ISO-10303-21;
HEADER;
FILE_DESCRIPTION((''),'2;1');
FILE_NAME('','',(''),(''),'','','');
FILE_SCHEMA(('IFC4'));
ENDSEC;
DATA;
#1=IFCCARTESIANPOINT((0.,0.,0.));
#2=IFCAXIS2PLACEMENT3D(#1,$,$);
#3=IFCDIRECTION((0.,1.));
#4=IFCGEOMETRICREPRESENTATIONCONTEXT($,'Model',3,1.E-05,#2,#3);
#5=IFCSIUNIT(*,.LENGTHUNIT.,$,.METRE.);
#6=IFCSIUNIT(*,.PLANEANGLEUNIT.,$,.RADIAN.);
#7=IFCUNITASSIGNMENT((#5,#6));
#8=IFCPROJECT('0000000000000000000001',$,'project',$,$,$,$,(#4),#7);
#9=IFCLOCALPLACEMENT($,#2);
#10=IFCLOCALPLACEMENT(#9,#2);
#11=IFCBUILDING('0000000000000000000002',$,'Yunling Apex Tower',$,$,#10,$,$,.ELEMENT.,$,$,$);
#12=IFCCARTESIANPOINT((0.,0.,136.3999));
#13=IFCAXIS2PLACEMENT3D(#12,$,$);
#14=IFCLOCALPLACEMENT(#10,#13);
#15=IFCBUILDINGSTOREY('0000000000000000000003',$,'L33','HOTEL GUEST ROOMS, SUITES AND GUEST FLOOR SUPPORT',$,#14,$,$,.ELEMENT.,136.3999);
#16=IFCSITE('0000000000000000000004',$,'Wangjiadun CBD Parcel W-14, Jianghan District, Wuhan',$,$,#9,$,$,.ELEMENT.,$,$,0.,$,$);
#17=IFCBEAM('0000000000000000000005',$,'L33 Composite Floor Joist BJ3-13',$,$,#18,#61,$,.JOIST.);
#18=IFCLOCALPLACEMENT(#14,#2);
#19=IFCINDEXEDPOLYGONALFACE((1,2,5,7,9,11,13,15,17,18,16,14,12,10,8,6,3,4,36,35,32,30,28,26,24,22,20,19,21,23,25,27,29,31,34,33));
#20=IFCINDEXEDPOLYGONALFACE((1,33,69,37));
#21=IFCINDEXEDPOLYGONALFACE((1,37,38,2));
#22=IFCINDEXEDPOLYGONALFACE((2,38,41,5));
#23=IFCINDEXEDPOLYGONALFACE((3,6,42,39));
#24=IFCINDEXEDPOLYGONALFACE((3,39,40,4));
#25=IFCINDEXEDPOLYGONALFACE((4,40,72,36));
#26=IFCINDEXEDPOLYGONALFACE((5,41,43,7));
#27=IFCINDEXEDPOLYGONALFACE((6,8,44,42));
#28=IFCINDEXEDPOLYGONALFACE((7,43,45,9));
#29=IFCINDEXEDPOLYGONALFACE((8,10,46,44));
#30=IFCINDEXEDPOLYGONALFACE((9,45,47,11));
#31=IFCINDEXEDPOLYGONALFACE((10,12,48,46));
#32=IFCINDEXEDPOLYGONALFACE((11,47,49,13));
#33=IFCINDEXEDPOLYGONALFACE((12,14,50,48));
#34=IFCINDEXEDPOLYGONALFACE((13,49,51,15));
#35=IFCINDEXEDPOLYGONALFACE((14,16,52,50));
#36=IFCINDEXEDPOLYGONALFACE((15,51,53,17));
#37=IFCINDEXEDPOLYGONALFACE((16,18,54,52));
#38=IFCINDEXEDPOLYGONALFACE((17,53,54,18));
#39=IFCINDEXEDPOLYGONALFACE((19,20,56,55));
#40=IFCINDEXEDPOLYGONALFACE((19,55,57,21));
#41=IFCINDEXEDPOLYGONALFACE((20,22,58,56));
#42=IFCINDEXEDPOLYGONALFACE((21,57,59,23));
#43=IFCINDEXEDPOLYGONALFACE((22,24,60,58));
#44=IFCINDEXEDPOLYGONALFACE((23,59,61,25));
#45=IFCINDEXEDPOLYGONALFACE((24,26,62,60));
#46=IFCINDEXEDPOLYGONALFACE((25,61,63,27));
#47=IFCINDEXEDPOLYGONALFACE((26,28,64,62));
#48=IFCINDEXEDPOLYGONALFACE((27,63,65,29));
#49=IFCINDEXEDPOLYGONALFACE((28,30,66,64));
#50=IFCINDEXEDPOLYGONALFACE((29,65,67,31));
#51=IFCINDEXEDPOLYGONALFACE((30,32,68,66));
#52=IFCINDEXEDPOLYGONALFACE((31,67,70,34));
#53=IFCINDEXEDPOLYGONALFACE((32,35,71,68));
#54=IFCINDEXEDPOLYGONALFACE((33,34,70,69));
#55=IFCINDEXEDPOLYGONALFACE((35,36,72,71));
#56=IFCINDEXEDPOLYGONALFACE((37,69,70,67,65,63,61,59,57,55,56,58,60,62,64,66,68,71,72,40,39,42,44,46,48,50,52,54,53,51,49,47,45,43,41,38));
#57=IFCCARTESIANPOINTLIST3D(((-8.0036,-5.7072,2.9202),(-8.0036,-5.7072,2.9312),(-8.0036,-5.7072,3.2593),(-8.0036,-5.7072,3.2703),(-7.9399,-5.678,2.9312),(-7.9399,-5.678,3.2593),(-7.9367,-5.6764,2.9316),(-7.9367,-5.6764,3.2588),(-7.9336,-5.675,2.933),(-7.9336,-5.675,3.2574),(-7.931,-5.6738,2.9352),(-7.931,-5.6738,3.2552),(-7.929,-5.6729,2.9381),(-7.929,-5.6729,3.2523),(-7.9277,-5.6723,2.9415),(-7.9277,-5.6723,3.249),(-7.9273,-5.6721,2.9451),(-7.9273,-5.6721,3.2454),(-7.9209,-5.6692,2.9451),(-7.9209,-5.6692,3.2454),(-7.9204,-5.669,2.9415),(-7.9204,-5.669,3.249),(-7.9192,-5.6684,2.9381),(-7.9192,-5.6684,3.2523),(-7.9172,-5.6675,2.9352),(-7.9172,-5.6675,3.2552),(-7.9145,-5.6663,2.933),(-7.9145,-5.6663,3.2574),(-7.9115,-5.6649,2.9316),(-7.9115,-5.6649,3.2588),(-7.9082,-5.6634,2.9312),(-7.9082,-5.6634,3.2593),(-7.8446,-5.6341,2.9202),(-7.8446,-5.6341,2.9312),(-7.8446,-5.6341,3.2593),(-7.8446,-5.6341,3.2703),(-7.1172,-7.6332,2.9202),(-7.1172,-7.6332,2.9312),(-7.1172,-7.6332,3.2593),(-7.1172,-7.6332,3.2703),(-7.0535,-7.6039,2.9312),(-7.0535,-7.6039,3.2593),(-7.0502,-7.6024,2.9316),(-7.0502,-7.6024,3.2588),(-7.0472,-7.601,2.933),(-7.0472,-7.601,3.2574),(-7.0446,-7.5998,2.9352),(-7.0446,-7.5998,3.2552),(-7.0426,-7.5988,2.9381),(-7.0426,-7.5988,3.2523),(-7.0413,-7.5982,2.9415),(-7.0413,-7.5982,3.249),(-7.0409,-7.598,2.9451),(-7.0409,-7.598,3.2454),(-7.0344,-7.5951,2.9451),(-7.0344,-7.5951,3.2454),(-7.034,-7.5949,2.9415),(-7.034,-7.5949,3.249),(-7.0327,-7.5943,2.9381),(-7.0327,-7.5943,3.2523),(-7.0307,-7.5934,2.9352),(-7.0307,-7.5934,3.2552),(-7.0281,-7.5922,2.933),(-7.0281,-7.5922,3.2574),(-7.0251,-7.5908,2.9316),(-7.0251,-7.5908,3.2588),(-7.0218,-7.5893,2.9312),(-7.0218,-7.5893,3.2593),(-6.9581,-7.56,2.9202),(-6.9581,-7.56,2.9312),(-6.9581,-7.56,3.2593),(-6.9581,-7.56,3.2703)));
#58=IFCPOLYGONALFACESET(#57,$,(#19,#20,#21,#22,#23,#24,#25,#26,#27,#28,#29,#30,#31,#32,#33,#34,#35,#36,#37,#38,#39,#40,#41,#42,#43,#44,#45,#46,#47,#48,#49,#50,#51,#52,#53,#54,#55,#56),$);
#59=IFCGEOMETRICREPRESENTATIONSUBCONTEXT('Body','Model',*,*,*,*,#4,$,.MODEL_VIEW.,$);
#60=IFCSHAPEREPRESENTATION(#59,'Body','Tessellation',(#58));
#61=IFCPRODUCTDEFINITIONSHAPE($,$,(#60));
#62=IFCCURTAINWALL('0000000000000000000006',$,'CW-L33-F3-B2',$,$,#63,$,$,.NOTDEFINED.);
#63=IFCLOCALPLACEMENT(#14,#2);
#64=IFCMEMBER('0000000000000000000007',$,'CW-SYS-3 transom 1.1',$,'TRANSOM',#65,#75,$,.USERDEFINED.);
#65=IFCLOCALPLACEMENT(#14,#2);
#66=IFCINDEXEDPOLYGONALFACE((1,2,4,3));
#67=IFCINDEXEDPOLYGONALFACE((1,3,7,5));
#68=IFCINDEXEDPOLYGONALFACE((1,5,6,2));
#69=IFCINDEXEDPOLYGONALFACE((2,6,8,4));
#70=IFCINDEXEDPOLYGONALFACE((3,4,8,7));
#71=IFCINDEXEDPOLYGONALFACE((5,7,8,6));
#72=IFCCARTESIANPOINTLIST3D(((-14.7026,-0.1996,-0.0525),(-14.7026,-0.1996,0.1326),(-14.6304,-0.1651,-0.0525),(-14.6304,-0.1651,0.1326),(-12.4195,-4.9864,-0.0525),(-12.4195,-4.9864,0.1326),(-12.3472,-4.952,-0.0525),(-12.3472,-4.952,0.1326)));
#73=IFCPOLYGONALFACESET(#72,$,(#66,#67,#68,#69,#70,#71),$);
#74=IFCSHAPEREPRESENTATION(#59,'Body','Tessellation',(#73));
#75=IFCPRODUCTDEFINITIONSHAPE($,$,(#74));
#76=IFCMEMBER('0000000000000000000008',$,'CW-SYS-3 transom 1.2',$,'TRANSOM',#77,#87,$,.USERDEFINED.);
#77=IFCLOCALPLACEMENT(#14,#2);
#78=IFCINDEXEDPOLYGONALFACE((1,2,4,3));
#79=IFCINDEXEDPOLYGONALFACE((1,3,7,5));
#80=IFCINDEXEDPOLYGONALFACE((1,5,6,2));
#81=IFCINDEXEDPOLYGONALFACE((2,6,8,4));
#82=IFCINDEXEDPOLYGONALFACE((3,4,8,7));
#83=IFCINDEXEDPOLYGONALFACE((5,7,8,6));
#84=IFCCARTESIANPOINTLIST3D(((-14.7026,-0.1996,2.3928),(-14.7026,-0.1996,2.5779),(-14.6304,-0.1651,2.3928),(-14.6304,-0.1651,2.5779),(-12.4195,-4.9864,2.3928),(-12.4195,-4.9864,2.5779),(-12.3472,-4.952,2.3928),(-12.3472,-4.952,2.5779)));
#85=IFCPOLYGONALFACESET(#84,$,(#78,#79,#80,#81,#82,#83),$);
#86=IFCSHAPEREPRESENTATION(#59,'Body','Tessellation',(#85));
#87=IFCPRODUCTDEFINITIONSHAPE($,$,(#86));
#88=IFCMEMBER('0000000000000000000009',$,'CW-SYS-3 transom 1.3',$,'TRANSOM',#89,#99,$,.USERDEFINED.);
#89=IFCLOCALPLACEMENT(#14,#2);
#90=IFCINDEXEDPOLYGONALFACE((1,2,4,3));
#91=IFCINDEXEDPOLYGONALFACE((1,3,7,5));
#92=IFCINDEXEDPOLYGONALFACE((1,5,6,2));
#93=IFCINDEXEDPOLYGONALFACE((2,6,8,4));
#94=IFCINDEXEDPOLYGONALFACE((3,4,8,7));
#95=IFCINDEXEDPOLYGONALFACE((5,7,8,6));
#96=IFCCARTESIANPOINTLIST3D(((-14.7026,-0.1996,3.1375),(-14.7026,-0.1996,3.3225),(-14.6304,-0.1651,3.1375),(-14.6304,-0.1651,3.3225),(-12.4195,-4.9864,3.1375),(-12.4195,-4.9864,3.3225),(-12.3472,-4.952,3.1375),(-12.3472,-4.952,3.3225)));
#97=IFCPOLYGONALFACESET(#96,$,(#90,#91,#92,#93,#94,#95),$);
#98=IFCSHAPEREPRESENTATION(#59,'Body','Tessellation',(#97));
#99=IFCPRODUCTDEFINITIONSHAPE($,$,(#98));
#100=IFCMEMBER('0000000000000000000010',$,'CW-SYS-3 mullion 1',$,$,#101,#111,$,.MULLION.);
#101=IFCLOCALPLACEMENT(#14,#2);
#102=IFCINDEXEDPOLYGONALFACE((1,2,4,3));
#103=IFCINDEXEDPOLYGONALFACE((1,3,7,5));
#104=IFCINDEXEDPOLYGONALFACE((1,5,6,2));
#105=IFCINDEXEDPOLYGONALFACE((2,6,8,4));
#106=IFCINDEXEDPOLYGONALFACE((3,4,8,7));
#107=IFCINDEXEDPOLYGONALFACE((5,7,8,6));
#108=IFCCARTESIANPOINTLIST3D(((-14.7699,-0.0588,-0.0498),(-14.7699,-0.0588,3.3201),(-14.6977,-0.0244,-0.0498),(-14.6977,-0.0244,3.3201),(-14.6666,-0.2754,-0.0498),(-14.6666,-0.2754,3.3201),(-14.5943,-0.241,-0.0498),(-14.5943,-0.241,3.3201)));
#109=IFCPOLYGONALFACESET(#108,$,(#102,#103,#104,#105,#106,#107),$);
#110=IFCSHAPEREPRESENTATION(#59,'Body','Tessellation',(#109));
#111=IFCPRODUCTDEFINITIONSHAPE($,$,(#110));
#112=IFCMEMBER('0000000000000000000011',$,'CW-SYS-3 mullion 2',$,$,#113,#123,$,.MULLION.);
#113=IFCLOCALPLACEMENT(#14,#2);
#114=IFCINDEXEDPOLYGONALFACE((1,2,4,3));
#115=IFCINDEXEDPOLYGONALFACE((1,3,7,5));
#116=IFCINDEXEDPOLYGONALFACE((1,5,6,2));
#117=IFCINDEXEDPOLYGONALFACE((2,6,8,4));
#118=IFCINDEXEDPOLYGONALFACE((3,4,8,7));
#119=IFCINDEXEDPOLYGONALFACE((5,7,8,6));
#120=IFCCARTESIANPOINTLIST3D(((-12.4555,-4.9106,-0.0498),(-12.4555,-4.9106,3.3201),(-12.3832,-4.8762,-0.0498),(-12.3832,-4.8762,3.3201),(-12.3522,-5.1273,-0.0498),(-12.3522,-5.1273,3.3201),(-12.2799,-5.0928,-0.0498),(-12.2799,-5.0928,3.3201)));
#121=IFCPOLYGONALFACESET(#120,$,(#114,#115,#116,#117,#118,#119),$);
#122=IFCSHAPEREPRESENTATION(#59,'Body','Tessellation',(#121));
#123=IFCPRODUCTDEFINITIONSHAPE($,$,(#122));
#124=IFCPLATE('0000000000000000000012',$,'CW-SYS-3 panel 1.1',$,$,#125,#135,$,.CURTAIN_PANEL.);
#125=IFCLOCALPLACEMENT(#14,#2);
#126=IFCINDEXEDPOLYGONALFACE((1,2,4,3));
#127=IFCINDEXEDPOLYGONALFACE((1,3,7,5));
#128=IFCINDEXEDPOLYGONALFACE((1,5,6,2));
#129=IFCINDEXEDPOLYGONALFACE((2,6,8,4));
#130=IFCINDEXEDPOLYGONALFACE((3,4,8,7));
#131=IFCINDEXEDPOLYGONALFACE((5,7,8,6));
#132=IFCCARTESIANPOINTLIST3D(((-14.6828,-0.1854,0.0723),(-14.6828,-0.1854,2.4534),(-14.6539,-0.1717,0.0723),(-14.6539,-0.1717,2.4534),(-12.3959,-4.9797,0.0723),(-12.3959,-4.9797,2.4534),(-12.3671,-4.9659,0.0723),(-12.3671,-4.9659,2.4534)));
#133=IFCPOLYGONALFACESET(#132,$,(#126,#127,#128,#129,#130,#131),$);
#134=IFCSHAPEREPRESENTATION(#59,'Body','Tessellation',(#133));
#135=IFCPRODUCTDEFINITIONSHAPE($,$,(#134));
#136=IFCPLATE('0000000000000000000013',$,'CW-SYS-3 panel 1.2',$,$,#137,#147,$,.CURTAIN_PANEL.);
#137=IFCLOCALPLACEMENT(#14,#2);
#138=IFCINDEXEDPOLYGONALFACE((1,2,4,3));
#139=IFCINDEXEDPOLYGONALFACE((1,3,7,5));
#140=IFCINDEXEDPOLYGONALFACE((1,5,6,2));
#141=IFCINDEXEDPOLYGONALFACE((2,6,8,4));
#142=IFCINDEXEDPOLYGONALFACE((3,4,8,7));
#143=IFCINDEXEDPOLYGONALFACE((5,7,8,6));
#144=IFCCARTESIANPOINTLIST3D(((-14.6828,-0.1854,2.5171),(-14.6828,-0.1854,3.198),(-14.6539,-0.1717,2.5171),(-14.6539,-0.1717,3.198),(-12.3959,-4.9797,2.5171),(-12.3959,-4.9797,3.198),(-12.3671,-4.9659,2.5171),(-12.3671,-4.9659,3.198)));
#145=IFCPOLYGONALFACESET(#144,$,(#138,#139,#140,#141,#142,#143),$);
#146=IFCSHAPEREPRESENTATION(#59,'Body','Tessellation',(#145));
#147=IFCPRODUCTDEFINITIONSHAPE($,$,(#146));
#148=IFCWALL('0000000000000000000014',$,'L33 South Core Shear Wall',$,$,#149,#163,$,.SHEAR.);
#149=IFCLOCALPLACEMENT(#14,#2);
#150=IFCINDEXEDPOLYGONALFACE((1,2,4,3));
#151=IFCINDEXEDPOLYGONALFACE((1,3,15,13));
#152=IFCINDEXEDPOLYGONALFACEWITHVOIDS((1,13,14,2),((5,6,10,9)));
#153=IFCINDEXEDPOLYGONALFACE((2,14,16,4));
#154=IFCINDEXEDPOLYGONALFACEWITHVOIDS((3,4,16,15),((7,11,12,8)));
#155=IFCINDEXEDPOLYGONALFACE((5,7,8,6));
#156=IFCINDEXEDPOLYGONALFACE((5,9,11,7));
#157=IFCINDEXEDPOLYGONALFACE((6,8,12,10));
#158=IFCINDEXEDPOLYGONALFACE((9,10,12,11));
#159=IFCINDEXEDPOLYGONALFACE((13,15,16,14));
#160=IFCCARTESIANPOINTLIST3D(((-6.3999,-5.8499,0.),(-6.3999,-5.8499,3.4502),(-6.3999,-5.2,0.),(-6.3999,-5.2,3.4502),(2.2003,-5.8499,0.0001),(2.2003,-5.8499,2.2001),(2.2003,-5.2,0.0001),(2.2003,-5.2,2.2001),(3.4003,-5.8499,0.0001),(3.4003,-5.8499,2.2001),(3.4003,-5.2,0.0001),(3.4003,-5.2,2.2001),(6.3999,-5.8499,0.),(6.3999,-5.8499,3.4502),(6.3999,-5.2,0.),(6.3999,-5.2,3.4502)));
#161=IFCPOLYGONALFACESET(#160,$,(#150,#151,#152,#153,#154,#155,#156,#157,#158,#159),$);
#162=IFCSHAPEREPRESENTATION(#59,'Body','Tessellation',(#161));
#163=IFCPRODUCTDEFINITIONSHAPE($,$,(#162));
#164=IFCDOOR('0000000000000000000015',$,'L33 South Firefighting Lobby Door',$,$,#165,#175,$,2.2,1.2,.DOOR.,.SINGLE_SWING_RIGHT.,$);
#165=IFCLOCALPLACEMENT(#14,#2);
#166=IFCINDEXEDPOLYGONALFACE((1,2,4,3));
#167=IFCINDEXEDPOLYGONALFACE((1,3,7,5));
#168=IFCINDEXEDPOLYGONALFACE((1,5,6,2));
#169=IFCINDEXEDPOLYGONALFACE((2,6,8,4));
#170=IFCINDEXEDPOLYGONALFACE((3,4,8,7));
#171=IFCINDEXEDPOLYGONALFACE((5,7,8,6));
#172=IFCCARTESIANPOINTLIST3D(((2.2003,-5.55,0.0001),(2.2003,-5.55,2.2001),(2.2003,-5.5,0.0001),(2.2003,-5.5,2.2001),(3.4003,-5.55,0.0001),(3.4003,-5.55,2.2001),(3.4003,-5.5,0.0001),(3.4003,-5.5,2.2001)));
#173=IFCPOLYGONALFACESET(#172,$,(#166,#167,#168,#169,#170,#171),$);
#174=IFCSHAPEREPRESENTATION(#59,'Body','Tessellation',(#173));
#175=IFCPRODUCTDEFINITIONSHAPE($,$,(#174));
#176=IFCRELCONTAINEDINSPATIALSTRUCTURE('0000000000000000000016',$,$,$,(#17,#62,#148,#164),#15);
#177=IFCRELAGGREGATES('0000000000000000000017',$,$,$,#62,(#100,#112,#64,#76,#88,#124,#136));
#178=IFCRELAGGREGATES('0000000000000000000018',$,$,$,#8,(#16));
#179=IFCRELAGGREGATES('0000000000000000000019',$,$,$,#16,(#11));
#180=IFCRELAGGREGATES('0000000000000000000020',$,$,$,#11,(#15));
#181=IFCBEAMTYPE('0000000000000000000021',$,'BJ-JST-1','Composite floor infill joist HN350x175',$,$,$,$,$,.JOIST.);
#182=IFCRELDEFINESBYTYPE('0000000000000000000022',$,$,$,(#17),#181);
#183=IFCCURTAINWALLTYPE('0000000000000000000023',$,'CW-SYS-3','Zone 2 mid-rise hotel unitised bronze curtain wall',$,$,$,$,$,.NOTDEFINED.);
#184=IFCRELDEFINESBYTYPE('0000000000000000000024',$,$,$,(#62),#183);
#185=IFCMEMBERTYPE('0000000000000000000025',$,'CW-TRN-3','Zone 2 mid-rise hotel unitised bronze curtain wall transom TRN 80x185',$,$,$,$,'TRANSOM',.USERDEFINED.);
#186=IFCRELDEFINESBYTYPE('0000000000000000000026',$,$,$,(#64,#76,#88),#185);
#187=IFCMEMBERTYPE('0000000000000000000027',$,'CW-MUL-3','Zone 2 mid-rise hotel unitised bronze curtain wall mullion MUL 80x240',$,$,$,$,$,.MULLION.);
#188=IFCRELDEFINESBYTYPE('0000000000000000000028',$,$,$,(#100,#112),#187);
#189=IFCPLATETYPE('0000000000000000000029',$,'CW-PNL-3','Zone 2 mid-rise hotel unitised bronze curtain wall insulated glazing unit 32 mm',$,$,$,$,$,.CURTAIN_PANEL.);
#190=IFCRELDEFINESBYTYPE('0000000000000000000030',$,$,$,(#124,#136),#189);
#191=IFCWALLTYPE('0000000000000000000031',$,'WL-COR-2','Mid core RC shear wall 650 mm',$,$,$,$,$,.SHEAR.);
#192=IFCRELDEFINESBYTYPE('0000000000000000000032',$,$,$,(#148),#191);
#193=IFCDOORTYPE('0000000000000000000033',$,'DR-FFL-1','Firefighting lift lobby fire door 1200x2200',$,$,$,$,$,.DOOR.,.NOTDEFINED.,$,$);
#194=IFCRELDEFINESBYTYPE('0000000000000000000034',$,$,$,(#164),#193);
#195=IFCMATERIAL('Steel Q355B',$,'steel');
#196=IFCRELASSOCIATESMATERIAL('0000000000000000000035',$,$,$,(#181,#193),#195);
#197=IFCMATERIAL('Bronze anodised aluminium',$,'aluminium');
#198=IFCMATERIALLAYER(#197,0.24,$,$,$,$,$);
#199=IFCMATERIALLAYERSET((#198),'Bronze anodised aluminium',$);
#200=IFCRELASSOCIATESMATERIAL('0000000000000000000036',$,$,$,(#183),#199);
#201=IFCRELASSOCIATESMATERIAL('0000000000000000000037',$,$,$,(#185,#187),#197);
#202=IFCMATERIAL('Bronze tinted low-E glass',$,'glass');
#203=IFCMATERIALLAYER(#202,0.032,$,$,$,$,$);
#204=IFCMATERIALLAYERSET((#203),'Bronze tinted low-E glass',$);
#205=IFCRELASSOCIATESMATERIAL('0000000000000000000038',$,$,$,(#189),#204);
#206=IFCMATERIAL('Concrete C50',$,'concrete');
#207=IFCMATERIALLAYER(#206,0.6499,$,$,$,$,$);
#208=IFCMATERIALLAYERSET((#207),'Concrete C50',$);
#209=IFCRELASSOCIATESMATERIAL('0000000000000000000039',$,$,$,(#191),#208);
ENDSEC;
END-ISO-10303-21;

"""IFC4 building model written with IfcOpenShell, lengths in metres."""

from ifc_helpers import new_model, si_unit, direction, frame, frame_2d, origin, origin_2d, place, context, subcontext, project, spatial, rectangle, i_section, extrude, source, transform, mapped, material, layer, layer_set, material_profile, profile_set, type_object, element, fill, aggregate, save


model = new_model("IFC4")

# Units and contexts
model_context = context("Model", 3, precision=1e-05, world=origin(), true_north=direction((0.0, 1.0)))
body_context = subcontext(model_context, "Body", "Model", "MODEL_VIEW")
ifc_project = project(units=[si_unit("LENGTHUNIT", "METRE"), si_unit("PLANEANGLEUNIT", "RADIAN")], contexts=[model_context])

# Site, building, storey
site_placement = place(None, origin())
site = spatial("IfcSite", under=ifc_project, at=site_placement, Name="Wangjiadun CBD Parcel W-14, Jianghan District, Wuhan", CompositionType="ELEMENT", RefElevation=0.0)
building_placement = place(site_placement, origin())
building = spatial("IfcBuilding", under=site, at=building_placement, Name="Yunling Apex Tower", CompositionType="ELEMENT")
storey_placement = place(building_placement, frame((0.0, 0.0, 136.3999)))
storey = spatial("IfcBuildingStorey", under=building, at=storey_placement, Name="L33", Description="HOTEL GUEST ROOMS, SUITES AND GUEST FLOOR SUPPORT", CompositionType="ELEMENT", Elevation=136.3999)

# Beam
ifc_material_1 = material(Name="Steel Q355B", Category="steel")
ifc_material_profile_1 = material_profile(ifc_material_1, i_section(OverallWidth=0.175, OverallDepth=0.3501, WebThickness=0.0071, FlangeThickness=0.011, FilletRadius=0.0139, at=origin_2d()))
ifc_profile_set_1 = profile_set([ifc_material_profile_1], Name="Steel Q355B")
beam_type_1 = type_object("IfcBeamType", Name="BJ-JST-1", Description="Composite floor infill joist HN350x175", PredefinedType="JOIST", material=ifc_profile_set_1)
shared_shape_1 = source(origin(), body_context, "Body", "SweptSolid", [
    extrude(i_section(OverallWidth=0.175, OverallDepth=0.3501, WebThickness=0.0071, FlangeThickness=0.011, FilletRadius=0.0139, at=origin_2d()), origin(), (0.0, 0.0, 1.0), 2.1201),
])
beam_1_placement = place(storey_placement, frame((-7.9241, -5.6707, 3.0952), z_axis=(0.418101, -0.9084, 0.0), x_axis=(0.9084, 0.418101, 0.0)))
element("IfcBeam", 1, at=beam_1_placement, inside=storey, type_object=beam_type_1, Name="L33 Composite Floor Joist BJ3-13", PredefinedType="JOIST", context=body_context, shape_type="MappedRepresentation", body=[
    mapped(shared_shape_1, transform((0.0, 0.0, 0.0), scale=1.0)),
])

# Curtain wall, members, plates
ifc_material_2 = material(Name="Bronze anodised aluminium", Category="aluminium")
ifc_layer_1 = layer(ifc_material_2, 0.24)
ifc_layer_set_1 = layer_set([ifc_layer_1], Name="Bronze anodised aluminium")
curtain_wall_type = type_object("IfcCurtainWallType", Name="CW-SYS-3", Description="Zone 2 mid-rise hotel unitised bronze curtain wall", PredefinedType="NOTDEFINED", material=ifc_layer_set_1)
curtain_wall_placement = place(storey_placement, origin())
curtain_wall = element("IfcCurtainWall", 2, at=curtain_wall_placement, inside=storey, type_object=curtain_wall_type, Name="CW-L33-F3-B2", PredefinedType="NOTDEFINED")
ifc_material_profile_2 = material_profile(ifc_material_2, rectangle(XDim=0.0801, YDim=0.1851, at=origin_2d()))
ifc_profile_set_2 = profile_set([ifc_material_profile_2], Name="Bronze anodised aluminium")
member_type_1 = type_object("IfcMemberType", Name="CW-TRN-3", Description="Zone 2 mid-rise hotel unitised bronze curtain wall transom TRN 80x185", ElementType="TRANSOM", PredefinedType="USERDEFINED", material=ifc_profile_set_2)
shared_shape_2 = source(origin(), body_context, "Body", "SweptSolid", [
    extrude(rectangle(XDim=0.0801, YDim=0.1851, at=origin_2d()), origin(), (0.0, 0.0, 1.0), 5.3035),
])
member_1_placement = place(storey_placement, frame((-14.6665, -0.1824, 0.04), z_axis=(0.430509, -0.902586, 0.0), x_axis=(0.902586, 0.430509, 0.0)))
member_1 = element("IfcMember", 3, at=member_1_placement, type_object=member_type_1, Name="CW-SYS-3 transom 1.1", ObjectType="TRANSOM", PredefinedType="USERDEFINED", context=body_context, shape_type="MappedRepresentation", body=[
    mapped(shared_shape_2, transform((0.0, 0.0, 0.0), scale=1.0)),
])
member_2_placement = place(storey_placement, frame((-14.6665, -0.1824, 2.4854), z_axis=(0.430509, -0.902586, 0.0), x_axis=(0.902586, 0.430509, 0.0)))
member_2 = element("IfcMember", 4, at=member_2_placement, type_object=member_type_1, Name="CW-SYS-3 transom 1.2", ObjectType="TRANSOM", PredefinedType="USERDEFINED", context=body_context, shape_type="MappedRepresentation", body=[
    mapped(shared_shape_2, transform((0.0, 0.0, 0.0), scale=1.0)),
])
member_3_placement = place(storey_placement, frame((-14.6665, -0.1824, 3.23), z_axis=(0.430509, -0.902586, 0.0), x_axis=(0.902586, 0.430509, 0.0)))
member_3 = element("IfcMember", 5, at=member_3_placement, type_object=member_type_1, Name="CW-SYS-3 transom 1.3", ObjectType="TRANSOM", PredefinedType="USERDEFINED", context=body_context, shape_type="MappedRepresentation", body=[
    mapped(shared_shape_2, transform((0.0, 0.0, 0.0), scale=1.0)),
])
ifc_material_profile_3 = material_profile(ifc_material_2, rectangle(XDim=0.0801, YDim=0.24, at=origin_2d()))
ifc_profile_set_3 = profile_set([ifc_material_profile_3], Name="Bronze anodised aluminium")
member_type_2 = type_object("IfcMemberType", Name="CW-MUL-3", Description="Zone 2 mid-rise hotel unitised bronze curtain wall mullion MUL 80x240", PredefinedType="MULLION", material=ifc_profile_set_3)
shared_shape_3 = source(origin(), body_context, "Body", "SweptSolid", [
    extrude(rectangle(XDim=0.0801, YDim=0.24, at=origin_2d()), origin(), (0.0, 0.0, 1.0), 3.3699),
])
member_4_placement = place(storey_placement, frame((-14.6821, -0.1499, -0.0498), z_axis=(0.0, 0.0, 1.0), x_axis=(0.90258, 0.430523, 0.0)))
member_4 = element("IfcMember", 6, at=member_4_placement, type_object=member_type_2, Name="CW-SYS-3 mullion 1", PredefinedType="MULLION", context=body_context, shape_type="MappedRepresentation", body=[
    mapped(shared_shape_3, transform((0.0, 0.0, 0.0), scale=1.0)),
])
member_5_placement = place(storey_placement, frame((-12.3677, -5.0017, -0.0498), z_axis=(0.0, 0.0, 1.0), x_axis=(0.90258, 0.430523, 0.0)))
member_5 = element("IfcMember", 7, at=member_5_placement, type_object=member_type_2, Name="CW-SYS-3 mullion 2", PredefinedType="MULLION", context=body_context, shape_type="MappedRepresentation", body=[
    mapped(shared_shape_3, transform((0.0, 0.0, 0.0), scale=1.0)),
])
ifc_material_3 = material(Name="Bronze tinted low-E glass", Category="glass")
ifc_layer_2 = layer(ifc_material_3, 0.032)
ifc_layer_set_2 = layer_set([ifc_layer_2], Name="Bronze tinted low-E glass")
plate_type = type_object("IfcPlateType", Name="CW-PNL-3", Description="Zone 2 mid-rise hotel unitised bronze curtain wall insulated glazing unit 32 mm", PredefinedType="CURTAIN_PANEL", material=ifc_layer_set_2)
shared_shape_4 = source(origin(), body_context, "Body", "SweptSolid", [
    extrude(rectangle(XDim=5.3118, YDim=0.032, at=origin_2d()), origin(), (0.0, 0.0, 1.0), 2.3811),
])
plate_1_placement = place(storey_placement, frame((-13.5249, -2.5757, 0.0723), z_axis=(0.0, 0.0, 1.0), x_axis=(0.430523, -0.90258, 0.0)))
plate_1 = element("IfcPlate", 8, at=plate_1_placement, type_object=plate_type, Name="CW-SYS-3 panel 1.1", PredefinedType="CURTAIN_PANEL", context=body_context, shape_type="MappedRepresentation", body=[
    mapped(shared_shape_4, transform((0.0, 0.0, 0.0), scale=1.0)),
])
shared_shape_5 = source(origin(), body_context, "Body", "SweptSolid", [
    extrude(rectangle(XDim=5.3118, YDim=0.032, at=origin_2d()), origin(), (0.0, 0.0, 1.0), 0.6809),
])
plate_2_placement = place(storey_placement, frame((-13.5249, -2.5757, 2.5171), z_axis=(0.0, 0.0, 1.0), x_axis=(0.430523, -0.90258, 0.0)))
plate_2 = element("IfcPlate", 9, at=plate_2_placement, type_object=plate_type, Name="CW-SYS-3 panel 1.2", PredefinedType="CURTAIN_PANEL", context=body_context, shape_type="MappedRepresentation", body=[
    mapped(shared_shape_5, transform((0.0, 0.0, 0.0), scale=1.0)),
])
aggregate(curtain_wall, [member_4, member_5, member_1, member_2, member_3, plate_1, plate_2])

# Wall, opening, door
ifc_material_4 = material(Name="Concrete C50", Category="concrete")
ifc_layer_3 = layer(ifc_material_4, 0.6499)
ifc_layer_set_3 = layer_set([ifc_layer_3], Name="Concrete C50")
wall_type_1 = type_object("IfcWallType", Name="WL-COR-2", Description="Mid core RC shear wall 650 mm", PredefinedType="SHEAR", material=ifc_layer_set_3)
wall_1_placement = place(storey_placement, frame((-6.3999, -5.5249, 0.0), z_axis=(0.0, 0.0, 1.0), x_axis=(1.0, 0.0, 0.0)))
wall_1 = element("IfcWall", 10, at=wall_1_placement, inside=storey, type_object=wall_type_1, Name="L33 South Core Shear Wall", PredefinedType="SHEAR", context=body_context, shape_type="SweptSolid", body=[
    extrude(rectangle(XDim=12.7998, YDim=0.6499, at=frame_2d((6.3999, 0.0))), origin(), (0.0, 0.0, 1.0), 3.4502),
])
opening_placement = place(wall_1_placement, frame((8.6001, 0.0, 0.0)))
opening = element("IfcOpeningElement", 11, at=opening_placement, cuts=wall_1, PredefinedType="OPENING", context=body_context, shape_type="SweptSolid", body=[
    extrude(rectangle(XDim=1.2, YDim=2.2, at=frame_2d((0.6001, 1.1001))), frame((0.0, 0.335, 0.0), z_axis=(0.0, -1.0, 0.0), x_axis=(1.0, 0.0, 0.0)), (0.0, 0.0, 1.0), 0.6699),
])
door_type = type_object("IfcDoorType", Name="DR-FFL-1", Description="Firefighting lift lobby fire door 1200x2200", OperationType="NOTDEFINED", PredefinedType="DOOR", material=ifc_material_1)
door_placement = place(opening_placement, origin())
door = element("IfcDoor", 12, at=door_placement, inside=storey, type_object=door_type, Name="L33 South Firefighting Lobby Door", OperationType="SINGLE_SWING_RIGHT", OverallHeight=2.2, OverallWidth=1.2, PredefinedType="DOOR", context=body_context, shape_type="SweptSolid", body=[
    extrude(rectangle(XDim=1.2, YDim=2.2, at=frame_2d((0.6001, 1.1001))), frame((0.0, 0.0249, 0.0), z_axis=(0.0, -1.0, 0.0), x_axis=(1.0, 0.0, 0.0)), (0.0, 0.0, 1.0), 0.05),
])
fill(opening, door)

save(model, "model.ifc")
